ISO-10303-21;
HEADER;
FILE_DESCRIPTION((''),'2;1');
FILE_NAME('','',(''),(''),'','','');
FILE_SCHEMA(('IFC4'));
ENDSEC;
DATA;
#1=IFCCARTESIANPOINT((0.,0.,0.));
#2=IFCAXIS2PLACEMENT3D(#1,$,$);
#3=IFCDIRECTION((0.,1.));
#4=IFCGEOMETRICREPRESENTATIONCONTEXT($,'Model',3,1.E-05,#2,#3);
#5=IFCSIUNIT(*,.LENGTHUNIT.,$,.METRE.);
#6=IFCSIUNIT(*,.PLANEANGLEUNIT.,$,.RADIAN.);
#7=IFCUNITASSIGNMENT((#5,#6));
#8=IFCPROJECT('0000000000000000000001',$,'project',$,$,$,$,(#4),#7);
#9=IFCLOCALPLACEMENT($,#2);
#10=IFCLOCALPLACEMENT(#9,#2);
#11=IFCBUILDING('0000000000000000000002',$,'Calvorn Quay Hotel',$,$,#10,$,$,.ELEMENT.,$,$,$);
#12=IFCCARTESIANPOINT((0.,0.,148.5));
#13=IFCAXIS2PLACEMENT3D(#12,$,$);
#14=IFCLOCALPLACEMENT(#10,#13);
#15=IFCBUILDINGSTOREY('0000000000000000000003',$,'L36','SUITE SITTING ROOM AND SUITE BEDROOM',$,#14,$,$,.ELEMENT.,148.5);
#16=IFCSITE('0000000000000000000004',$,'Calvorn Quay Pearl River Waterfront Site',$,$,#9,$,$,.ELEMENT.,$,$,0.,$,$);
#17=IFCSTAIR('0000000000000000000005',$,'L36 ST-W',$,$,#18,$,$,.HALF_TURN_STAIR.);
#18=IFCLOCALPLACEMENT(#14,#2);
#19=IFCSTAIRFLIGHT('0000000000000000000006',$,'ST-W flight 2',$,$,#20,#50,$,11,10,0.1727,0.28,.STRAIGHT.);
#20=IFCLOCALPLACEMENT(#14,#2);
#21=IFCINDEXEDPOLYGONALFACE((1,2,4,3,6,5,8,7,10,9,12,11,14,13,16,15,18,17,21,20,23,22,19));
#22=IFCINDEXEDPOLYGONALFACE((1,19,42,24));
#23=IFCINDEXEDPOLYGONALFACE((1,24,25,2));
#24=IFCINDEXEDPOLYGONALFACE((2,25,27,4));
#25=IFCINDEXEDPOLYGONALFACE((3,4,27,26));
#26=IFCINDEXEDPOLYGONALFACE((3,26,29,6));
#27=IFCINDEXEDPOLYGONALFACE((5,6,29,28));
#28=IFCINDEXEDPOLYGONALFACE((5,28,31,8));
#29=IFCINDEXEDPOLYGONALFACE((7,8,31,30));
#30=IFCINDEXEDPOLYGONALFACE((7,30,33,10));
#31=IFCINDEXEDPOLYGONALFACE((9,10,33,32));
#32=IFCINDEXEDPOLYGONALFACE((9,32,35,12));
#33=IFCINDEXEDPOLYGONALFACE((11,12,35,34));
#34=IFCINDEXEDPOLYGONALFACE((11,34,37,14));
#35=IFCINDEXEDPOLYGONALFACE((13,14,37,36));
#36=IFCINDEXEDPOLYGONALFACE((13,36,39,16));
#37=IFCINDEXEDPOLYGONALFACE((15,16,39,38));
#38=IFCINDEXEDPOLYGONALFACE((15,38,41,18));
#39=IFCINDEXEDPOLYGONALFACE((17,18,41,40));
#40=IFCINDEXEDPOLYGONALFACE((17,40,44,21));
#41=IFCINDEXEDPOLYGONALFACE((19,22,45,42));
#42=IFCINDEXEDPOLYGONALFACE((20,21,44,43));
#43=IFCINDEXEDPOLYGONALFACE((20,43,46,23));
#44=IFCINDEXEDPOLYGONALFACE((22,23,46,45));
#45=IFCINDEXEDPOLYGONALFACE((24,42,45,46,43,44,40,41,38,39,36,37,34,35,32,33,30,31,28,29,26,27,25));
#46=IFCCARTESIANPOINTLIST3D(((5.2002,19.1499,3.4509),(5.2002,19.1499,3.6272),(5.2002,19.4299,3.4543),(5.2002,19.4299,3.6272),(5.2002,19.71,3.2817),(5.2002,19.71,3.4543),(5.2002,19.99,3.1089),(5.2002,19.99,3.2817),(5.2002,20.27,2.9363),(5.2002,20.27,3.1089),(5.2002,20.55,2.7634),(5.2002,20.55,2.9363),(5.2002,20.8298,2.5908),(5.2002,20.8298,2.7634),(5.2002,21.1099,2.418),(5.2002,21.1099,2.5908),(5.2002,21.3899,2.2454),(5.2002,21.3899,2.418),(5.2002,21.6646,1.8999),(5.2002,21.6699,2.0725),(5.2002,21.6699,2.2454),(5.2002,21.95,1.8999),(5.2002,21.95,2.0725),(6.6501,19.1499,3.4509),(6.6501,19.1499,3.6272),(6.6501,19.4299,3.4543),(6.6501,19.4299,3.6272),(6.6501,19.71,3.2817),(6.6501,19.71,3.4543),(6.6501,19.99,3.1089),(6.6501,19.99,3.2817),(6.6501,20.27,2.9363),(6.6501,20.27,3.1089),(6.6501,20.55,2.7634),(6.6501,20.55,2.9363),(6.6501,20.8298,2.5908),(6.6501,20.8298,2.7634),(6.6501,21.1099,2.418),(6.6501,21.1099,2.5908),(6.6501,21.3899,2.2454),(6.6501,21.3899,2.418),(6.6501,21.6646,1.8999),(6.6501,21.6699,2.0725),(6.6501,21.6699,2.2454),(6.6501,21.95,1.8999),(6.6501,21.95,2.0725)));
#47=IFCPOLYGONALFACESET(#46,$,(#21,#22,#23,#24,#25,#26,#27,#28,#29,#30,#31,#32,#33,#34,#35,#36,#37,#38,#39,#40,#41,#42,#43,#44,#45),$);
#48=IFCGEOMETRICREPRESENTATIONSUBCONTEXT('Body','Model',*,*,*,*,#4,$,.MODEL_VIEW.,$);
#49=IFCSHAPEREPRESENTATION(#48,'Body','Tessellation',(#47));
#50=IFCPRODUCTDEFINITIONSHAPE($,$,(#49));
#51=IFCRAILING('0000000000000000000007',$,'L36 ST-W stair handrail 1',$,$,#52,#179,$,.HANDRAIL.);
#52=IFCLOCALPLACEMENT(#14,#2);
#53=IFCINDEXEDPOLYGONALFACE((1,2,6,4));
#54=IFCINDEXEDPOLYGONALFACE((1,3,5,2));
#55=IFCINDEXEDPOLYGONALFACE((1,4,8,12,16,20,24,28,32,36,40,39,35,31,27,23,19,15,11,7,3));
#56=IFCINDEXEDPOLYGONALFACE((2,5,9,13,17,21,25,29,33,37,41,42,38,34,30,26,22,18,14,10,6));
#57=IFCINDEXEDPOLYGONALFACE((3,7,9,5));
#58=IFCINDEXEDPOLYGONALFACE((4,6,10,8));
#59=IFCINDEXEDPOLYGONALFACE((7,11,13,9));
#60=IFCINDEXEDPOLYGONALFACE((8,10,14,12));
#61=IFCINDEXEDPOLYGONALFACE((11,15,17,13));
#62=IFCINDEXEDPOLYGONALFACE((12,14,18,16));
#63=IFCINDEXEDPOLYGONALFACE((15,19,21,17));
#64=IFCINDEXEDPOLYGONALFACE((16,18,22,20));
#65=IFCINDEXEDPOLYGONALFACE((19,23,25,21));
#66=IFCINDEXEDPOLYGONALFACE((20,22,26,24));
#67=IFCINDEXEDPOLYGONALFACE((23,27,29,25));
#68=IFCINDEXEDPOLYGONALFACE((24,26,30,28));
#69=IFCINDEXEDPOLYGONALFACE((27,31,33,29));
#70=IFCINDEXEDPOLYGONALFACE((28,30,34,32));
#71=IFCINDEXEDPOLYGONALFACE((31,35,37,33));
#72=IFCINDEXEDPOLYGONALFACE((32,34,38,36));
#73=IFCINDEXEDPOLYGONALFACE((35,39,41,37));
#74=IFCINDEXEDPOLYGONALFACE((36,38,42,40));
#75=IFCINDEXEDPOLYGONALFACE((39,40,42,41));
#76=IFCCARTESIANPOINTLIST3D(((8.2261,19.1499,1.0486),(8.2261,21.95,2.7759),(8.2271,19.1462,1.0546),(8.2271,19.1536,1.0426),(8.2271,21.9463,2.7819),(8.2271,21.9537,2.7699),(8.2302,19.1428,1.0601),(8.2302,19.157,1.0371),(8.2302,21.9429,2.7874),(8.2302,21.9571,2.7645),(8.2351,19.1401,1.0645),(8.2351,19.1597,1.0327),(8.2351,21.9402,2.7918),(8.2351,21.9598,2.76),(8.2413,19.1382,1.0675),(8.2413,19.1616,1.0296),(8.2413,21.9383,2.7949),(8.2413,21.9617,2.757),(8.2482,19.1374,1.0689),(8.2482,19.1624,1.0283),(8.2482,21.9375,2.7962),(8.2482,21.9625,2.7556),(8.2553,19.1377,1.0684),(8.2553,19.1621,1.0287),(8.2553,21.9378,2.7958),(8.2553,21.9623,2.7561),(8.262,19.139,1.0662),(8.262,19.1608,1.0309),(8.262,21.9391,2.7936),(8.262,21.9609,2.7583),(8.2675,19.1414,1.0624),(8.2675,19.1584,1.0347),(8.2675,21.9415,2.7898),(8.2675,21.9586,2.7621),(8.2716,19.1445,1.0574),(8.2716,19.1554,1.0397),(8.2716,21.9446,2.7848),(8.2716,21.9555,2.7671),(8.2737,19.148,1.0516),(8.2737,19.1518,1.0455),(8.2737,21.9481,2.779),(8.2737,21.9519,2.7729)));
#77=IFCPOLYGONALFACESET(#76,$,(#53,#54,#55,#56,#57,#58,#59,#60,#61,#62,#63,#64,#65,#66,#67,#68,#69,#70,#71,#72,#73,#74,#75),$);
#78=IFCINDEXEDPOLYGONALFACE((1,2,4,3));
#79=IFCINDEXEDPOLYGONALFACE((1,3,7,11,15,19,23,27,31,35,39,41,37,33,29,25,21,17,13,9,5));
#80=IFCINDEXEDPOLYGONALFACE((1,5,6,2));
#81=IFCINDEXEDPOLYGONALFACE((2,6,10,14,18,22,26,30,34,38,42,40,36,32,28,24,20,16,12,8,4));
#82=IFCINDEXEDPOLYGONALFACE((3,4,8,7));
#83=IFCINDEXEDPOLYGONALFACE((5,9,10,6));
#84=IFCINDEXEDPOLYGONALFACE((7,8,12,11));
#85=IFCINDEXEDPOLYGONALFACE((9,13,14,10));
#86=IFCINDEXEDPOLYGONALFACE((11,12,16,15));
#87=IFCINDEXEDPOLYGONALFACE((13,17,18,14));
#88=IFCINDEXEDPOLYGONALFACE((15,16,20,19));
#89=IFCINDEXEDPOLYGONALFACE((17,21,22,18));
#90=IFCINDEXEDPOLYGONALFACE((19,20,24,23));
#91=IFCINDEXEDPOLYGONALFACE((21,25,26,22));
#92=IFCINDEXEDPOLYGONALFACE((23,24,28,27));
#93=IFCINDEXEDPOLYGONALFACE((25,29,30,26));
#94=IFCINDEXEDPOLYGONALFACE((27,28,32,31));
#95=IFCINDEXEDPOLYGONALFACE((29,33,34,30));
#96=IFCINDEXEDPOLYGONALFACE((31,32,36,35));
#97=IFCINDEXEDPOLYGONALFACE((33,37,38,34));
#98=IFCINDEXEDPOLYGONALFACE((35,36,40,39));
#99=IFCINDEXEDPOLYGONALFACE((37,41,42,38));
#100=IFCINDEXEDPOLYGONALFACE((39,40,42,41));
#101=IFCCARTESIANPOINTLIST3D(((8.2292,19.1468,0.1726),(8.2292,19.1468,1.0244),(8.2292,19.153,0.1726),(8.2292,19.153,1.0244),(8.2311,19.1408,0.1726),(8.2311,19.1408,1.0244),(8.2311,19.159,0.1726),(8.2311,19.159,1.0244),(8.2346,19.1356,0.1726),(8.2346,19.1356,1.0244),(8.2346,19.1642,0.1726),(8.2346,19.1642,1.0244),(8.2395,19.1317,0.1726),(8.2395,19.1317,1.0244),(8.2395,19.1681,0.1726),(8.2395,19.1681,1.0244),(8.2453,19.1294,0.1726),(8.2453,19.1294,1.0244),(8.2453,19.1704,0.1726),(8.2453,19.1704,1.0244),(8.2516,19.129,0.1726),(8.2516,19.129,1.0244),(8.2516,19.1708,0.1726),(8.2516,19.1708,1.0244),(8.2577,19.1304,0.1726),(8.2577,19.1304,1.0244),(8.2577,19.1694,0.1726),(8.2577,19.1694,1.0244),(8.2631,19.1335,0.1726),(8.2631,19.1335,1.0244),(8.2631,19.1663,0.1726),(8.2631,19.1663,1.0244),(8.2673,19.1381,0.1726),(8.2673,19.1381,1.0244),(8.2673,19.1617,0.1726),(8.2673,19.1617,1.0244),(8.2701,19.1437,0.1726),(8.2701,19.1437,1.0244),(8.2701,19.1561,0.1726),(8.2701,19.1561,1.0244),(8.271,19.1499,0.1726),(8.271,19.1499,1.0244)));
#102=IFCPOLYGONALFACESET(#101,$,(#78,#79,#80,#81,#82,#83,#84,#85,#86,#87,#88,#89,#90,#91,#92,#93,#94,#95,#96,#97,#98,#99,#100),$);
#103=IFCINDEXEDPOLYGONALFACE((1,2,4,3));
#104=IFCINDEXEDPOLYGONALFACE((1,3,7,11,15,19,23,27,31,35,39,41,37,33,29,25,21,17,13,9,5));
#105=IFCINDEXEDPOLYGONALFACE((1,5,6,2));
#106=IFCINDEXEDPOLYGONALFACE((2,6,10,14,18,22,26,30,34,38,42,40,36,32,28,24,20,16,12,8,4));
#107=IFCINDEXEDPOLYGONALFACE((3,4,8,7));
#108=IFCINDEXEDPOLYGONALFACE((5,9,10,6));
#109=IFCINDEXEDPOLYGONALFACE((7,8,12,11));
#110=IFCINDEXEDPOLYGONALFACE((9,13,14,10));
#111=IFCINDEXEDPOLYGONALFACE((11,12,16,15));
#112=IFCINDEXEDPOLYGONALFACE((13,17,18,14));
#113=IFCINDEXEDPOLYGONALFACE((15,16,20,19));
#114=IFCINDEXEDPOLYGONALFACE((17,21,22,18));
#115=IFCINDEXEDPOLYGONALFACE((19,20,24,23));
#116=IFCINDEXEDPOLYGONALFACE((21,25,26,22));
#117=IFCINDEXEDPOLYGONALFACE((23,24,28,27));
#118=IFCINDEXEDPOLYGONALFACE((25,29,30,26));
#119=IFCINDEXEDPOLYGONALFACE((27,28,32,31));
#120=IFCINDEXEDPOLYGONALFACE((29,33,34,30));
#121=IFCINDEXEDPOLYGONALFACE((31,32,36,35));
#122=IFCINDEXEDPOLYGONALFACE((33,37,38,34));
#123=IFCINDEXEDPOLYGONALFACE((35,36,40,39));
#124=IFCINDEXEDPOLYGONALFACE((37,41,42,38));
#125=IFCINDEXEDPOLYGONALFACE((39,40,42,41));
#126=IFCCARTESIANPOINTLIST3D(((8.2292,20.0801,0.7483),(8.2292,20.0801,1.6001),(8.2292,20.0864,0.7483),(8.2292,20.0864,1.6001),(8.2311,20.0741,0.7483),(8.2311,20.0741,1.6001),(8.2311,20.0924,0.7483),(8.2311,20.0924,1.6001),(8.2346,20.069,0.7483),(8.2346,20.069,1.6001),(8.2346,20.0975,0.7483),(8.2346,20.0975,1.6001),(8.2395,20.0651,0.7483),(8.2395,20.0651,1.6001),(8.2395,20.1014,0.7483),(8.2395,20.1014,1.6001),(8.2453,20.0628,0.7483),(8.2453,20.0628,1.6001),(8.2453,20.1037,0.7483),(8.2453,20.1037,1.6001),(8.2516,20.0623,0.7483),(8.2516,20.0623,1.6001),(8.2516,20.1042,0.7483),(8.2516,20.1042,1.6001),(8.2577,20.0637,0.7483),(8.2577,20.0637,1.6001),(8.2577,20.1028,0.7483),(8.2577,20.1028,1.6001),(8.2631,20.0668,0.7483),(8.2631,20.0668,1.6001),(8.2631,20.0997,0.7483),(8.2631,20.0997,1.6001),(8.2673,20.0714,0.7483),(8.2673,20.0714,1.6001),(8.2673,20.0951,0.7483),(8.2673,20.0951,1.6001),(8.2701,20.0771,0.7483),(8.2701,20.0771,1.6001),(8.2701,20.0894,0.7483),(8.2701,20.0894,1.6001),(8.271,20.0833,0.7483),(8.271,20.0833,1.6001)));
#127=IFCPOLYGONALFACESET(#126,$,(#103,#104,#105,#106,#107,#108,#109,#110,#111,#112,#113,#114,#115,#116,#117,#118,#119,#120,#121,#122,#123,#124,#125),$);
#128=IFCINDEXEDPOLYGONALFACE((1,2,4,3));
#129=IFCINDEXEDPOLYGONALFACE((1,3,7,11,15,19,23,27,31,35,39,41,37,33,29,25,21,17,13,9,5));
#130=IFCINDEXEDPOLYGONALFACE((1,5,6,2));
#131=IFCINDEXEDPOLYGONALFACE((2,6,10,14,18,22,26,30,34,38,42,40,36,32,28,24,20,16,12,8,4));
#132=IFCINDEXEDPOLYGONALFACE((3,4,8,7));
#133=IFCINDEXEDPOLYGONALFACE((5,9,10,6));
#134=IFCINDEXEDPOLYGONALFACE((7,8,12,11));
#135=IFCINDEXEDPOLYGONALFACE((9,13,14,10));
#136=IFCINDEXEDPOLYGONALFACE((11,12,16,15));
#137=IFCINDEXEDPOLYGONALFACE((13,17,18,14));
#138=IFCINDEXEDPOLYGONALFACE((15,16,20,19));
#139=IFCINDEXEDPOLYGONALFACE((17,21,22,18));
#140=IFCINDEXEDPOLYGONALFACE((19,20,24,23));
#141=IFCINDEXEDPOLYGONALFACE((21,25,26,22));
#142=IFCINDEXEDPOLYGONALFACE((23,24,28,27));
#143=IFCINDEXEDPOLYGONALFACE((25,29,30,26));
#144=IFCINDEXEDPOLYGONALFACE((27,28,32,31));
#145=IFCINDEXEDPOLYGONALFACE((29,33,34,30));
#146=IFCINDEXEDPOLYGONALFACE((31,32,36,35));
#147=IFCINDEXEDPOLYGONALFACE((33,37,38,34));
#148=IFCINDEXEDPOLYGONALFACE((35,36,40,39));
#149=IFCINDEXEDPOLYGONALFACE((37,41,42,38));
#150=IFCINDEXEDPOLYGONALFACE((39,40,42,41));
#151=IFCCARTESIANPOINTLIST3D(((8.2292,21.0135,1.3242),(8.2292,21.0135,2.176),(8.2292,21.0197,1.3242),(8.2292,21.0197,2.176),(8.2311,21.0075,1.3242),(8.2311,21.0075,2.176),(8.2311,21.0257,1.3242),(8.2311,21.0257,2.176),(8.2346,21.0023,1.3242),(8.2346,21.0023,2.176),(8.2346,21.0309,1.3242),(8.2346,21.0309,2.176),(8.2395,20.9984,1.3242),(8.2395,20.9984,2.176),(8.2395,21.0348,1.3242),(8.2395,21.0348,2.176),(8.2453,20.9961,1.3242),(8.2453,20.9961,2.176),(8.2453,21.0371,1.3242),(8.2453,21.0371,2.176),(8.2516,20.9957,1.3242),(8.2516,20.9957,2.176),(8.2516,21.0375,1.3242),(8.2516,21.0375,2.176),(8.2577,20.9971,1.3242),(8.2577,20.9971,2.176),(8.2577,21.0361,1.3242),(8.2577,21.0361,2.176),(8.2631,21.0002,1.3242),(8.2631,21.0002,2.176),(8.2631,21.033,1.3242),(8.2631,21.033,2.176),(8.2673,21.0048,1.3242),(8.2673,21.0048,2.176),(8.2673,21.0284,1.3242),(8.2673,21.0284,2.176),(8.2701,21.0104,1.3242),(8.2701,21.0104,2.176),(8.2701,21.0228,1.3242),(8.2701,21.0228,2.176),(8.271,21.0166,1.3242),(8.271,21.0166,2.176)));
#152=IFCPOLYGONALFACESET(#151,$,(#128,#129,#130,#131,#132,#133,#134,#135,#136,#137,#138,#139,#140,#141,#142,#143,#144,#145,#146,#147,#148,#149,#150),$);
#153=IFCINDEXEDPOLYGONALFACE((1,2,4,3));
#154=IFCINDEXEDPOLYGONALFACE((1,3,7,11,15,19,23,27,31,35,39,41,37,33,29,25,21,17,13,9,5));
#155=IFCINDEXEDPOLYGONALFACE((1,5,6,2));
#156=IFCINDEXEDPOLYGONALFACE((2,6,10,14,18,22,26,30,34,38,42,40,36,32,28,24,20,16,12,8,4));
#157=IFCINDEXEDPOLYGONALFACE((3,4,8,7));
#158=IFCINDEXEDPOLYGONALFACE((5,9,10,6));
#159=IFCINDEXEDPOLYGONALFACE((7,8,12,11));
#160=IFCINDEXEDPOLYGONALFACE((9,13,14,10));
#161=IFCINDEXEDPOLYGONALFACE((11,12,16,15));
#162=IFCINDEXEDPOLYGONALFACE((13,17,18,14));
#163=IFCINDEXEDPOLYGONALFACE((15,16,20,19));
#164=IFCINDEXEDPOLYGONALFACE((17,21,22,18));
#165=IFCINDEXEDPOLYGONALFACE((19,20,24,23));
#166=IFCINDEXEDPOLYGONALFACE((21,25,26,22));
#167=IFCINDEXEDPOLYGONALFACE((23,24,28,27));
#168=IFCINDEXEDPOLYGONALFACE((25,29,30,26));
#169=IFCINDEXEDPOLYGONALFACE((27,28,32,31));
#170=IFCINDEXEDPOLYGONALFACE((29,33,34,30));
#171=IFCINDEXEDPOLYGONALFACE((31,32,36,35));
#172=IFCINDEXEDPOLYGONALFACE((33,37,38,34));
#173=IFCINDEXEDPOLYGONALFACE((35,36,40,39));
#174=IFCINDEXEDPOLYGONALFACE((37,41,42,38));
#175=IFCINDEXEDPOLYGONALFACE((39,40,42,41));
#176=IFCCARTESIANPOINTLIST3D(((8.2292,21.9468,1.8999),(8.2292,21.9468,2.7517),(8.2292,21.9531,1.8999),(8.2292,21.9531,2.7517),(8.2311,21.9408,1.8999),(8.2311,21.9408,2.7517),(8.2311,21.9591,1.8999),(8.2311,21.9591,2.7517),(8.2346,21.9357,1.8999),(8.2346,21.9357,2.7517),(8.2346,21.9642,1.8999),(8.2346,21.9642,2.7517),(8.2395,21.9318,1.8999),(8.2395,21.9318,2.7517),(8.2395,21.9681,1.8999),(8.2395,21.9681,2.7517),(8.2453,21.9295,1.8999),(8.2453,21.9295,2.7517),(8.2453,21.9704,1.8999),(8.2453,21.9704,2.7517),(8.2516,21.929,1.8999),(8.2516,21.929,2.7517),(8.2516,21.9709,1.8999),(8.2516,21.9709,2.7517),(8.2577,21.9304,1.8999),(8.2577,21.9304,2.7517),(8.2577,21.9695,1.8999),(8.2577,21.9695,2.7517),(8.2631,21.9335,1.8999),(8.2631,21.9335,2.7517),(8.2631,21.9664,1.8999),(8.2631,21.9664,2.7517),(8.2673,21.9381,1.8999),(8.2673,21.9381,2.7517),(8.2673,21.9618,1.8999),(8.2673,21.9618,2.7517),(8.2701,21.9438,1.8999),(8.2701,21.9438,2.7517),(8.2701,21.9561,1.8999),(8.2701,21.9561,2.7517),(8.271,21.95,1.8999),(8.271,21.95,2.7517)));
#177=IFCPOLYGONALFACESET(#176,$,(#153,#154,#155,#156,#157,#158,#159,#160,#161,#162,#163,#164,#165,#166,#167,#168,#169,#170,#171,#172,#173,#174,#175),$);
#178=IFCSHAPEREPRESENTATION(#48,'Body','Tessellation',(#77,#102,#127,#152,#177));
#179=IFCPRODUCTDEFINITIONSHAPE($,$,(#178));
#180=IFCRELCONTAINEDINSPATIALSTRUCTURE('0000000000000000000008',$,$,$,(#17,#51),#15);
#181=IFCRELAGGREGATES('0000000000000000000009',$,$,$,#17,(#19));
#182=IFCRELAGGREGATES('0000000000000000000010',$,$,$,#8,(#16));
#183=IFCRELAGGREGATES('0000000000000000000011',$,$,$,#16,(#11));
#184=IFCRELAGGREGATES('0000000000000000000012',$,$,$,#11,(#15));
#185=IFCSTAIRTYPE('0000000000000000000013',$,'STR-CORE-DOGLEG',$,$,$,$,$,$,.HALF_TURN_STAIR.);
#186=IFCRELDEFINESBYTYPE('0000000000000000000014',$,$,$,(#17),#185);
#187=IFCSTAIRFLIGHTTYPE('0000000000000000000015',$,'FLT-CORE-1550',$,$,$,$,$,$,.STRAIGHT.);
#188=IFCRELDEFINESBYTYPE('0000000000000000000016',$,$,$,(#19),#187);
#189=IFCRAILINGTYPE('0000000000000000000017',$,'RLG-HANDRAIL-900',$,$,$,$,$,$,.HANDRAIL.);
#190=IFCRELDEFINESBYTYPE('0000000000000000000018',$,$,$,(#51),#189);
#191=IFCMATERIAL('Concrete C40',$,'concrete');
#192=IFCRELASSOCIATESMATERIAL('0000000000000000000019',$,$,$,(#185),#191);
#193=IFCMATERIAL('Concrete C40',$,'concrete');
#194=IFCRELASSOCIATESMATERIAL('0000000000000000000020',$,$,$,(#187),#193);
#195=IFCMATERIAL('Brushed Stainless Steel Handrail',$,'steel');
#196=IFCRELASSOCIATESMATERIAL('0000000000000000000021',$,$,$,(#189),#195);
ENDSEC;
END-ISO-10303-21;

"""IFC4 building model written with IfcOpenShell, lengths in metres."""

from ifc_helpers import new_model, si_unit, direction, frame, origin, origin_2d, place, context, subcontext, project, spatial, polyline, circle, outline, extrude, material, type_object, element, aggregate, save


model = new_model("IFC4")

# Units and contexts
model_context = context("Model", 3, precision=1e-05, world=origin(), true_north=direction((0.0, 1.0)))
body_context = subcontext(model_context, "Body", "Model", "MODEL_VIEW")
ifc_project = project(units=[si_unit("LENGTHUNIT", "METRE"), si_unit("PLANEANGLEUNIT", "RADIAN")], contexts=[model_context])

# Site, building, storey
site_placement = place(None, origin())
site = spatial("IfcSite", under=ifc_project, at=site_placement, Name="Calvorn Quay Pearl River Waterfront Site", CompositionType="ELEMENT", RefElevation=0.0)
building_placement = place(site_placement, origin())
building = spatial("IfcBuilding", under=site, at=building_placement, Name="Calvorn Quay Hotel", CompositionType="ELEMENT")
storey_placement = place(building_placement, frame((0.0, 0.0, 148.5)))
storey = spatial("IfcBuildingStorey", under=building, at=storey_placement, Name="L36", Description="SUITE SITTING ROOM AND SUITE BEDROOM", CompositionType="ELEMENT", Elevation=148.5)

# Stair, stair flight
ifc_material_1 = material(Name="Concrete C40", Category="concrete")
stair_type = type_object("IfcStairType", Name="STR-CORE-DOGLEG", PredefinedType="HALF_TURN_STAIR", material=ifc_material_1)
stair_placement = place(storey_placement, origin())
stair = element("IfcStair", 1, at=stair_placement, inside=storey, type_object=stair_type, Name="L36 ST-W", PredefinedType="HALF_TURN_STAIR")
ifc_material_2 = material(Name="Concrete C40", Category="concrete")
stair_flight_type = type_object("IfcStairFlightType", Name="FLT-CORE-1550", PredefinedType="STRAIGHT", material=ifc_material_2)
stair_flight_1_placement = place(storey_placement, frame((5.925, 21.95, 1.8999), z_axis=(0.0, 0.0, 1.0), x_axis=(0.0, -1.0, 0.0)))
stair_flight_1 = element("IfcStairFlight", 2, at=stair_flight_1_placement, type_object=stair_flight_type, Name="ST-W flight 2", NumberOfRisers=11, NumberOfTreads=10, PredefinedType="STRAIGHT", RiserHeight=0.1727, TreadLength=0.28, context=body_context, shape_type="SweptSolid", body=[
    extrude(outline(polyline([(0.0, 0.0), (0.0, 0.1726), (0.28, 0.1726), (0.28, 0.3455), (0.5601, 0.3455), (0.5601, 0.5181), (0.8401, 0.5181), (0.8401, 0.6909), (1.1201, 0.6909), (1.1201, 0.8635), (1.3999, 0.8635), (1.3999, 1.0364), (1.6799, 1.0364), (1.6799, 1.209), (1.96, 1.209), (1.96, 1.3818), (2.24, 1.3818), (2.24, 1.5544), (2.52, 1.5544), (2.52, 1.7273), (2.8, 1.7273), (2.8, 1.8999), (2.8, 1.551), (0.2854, 0.0), (0.0, 0.0)])), frame((0.0, 0.7251, 0.0), z_axis=(0.0, -1.0, 0.0), x_axis=(1.0, 0.0, 0.0)), (0.0, 0.0, 1.0), 1.45),
])
aggregate(stair, [stair_flight_1])

# Railing
ifc_material_3 = material(Name="Brushed Stainless Steel Handrail", Category="steel")
railing_type_1 = type_object("IfcRailingType", Name="RLG-HANDRAIL-900", PredefinedType="HANDRAIL", material=ifc_material_3)
railing_1_placement = place(storey_placement, frame((8.25, 19.1499, 0.1726)))
element("IfcRailing", 3, at=railing_1_placement, inside=storey, type_object=railing_type_1, Name="L36 ST-W stair handrail 1", PredefinedType="HANDRAIL", context=body_context, shape_type="SweptSolid", body=[
    extrude(circle(Radius=0.0239, at=origin_2d()), frame((0.0, 0.0, 0.876), z_axis=(0.0, 0.85109, 0.52502), x_axis=(-1.0, 0.0, 0.0)), (0.0, 0.0, 1.0), 3.29),
    extrude(circle(Radius=0.021, at=origin_2d()), origin(), (0.0, 0.0, 1.0), 0.8518),
    extrude(circle(Radius=0.021, at=origin_2d()), frame((0.0, 0.9333, 0.5757)), (0.0, 0.0, 1.0), 0.8518),
    extrude(circle(Radius=0.021, at=origin_2d()), frame((0.0, 1.8667, 1.1516)), (0.0, 0.0, 1.0), 0.8518),
    extrude(circle(Radius=0.021, at=origin_2d()), frame((0.0, 2.8, 1.7273)), (0.0, 0.0, 1.0), 0.8518),
])

save(model, "model.ifc")
